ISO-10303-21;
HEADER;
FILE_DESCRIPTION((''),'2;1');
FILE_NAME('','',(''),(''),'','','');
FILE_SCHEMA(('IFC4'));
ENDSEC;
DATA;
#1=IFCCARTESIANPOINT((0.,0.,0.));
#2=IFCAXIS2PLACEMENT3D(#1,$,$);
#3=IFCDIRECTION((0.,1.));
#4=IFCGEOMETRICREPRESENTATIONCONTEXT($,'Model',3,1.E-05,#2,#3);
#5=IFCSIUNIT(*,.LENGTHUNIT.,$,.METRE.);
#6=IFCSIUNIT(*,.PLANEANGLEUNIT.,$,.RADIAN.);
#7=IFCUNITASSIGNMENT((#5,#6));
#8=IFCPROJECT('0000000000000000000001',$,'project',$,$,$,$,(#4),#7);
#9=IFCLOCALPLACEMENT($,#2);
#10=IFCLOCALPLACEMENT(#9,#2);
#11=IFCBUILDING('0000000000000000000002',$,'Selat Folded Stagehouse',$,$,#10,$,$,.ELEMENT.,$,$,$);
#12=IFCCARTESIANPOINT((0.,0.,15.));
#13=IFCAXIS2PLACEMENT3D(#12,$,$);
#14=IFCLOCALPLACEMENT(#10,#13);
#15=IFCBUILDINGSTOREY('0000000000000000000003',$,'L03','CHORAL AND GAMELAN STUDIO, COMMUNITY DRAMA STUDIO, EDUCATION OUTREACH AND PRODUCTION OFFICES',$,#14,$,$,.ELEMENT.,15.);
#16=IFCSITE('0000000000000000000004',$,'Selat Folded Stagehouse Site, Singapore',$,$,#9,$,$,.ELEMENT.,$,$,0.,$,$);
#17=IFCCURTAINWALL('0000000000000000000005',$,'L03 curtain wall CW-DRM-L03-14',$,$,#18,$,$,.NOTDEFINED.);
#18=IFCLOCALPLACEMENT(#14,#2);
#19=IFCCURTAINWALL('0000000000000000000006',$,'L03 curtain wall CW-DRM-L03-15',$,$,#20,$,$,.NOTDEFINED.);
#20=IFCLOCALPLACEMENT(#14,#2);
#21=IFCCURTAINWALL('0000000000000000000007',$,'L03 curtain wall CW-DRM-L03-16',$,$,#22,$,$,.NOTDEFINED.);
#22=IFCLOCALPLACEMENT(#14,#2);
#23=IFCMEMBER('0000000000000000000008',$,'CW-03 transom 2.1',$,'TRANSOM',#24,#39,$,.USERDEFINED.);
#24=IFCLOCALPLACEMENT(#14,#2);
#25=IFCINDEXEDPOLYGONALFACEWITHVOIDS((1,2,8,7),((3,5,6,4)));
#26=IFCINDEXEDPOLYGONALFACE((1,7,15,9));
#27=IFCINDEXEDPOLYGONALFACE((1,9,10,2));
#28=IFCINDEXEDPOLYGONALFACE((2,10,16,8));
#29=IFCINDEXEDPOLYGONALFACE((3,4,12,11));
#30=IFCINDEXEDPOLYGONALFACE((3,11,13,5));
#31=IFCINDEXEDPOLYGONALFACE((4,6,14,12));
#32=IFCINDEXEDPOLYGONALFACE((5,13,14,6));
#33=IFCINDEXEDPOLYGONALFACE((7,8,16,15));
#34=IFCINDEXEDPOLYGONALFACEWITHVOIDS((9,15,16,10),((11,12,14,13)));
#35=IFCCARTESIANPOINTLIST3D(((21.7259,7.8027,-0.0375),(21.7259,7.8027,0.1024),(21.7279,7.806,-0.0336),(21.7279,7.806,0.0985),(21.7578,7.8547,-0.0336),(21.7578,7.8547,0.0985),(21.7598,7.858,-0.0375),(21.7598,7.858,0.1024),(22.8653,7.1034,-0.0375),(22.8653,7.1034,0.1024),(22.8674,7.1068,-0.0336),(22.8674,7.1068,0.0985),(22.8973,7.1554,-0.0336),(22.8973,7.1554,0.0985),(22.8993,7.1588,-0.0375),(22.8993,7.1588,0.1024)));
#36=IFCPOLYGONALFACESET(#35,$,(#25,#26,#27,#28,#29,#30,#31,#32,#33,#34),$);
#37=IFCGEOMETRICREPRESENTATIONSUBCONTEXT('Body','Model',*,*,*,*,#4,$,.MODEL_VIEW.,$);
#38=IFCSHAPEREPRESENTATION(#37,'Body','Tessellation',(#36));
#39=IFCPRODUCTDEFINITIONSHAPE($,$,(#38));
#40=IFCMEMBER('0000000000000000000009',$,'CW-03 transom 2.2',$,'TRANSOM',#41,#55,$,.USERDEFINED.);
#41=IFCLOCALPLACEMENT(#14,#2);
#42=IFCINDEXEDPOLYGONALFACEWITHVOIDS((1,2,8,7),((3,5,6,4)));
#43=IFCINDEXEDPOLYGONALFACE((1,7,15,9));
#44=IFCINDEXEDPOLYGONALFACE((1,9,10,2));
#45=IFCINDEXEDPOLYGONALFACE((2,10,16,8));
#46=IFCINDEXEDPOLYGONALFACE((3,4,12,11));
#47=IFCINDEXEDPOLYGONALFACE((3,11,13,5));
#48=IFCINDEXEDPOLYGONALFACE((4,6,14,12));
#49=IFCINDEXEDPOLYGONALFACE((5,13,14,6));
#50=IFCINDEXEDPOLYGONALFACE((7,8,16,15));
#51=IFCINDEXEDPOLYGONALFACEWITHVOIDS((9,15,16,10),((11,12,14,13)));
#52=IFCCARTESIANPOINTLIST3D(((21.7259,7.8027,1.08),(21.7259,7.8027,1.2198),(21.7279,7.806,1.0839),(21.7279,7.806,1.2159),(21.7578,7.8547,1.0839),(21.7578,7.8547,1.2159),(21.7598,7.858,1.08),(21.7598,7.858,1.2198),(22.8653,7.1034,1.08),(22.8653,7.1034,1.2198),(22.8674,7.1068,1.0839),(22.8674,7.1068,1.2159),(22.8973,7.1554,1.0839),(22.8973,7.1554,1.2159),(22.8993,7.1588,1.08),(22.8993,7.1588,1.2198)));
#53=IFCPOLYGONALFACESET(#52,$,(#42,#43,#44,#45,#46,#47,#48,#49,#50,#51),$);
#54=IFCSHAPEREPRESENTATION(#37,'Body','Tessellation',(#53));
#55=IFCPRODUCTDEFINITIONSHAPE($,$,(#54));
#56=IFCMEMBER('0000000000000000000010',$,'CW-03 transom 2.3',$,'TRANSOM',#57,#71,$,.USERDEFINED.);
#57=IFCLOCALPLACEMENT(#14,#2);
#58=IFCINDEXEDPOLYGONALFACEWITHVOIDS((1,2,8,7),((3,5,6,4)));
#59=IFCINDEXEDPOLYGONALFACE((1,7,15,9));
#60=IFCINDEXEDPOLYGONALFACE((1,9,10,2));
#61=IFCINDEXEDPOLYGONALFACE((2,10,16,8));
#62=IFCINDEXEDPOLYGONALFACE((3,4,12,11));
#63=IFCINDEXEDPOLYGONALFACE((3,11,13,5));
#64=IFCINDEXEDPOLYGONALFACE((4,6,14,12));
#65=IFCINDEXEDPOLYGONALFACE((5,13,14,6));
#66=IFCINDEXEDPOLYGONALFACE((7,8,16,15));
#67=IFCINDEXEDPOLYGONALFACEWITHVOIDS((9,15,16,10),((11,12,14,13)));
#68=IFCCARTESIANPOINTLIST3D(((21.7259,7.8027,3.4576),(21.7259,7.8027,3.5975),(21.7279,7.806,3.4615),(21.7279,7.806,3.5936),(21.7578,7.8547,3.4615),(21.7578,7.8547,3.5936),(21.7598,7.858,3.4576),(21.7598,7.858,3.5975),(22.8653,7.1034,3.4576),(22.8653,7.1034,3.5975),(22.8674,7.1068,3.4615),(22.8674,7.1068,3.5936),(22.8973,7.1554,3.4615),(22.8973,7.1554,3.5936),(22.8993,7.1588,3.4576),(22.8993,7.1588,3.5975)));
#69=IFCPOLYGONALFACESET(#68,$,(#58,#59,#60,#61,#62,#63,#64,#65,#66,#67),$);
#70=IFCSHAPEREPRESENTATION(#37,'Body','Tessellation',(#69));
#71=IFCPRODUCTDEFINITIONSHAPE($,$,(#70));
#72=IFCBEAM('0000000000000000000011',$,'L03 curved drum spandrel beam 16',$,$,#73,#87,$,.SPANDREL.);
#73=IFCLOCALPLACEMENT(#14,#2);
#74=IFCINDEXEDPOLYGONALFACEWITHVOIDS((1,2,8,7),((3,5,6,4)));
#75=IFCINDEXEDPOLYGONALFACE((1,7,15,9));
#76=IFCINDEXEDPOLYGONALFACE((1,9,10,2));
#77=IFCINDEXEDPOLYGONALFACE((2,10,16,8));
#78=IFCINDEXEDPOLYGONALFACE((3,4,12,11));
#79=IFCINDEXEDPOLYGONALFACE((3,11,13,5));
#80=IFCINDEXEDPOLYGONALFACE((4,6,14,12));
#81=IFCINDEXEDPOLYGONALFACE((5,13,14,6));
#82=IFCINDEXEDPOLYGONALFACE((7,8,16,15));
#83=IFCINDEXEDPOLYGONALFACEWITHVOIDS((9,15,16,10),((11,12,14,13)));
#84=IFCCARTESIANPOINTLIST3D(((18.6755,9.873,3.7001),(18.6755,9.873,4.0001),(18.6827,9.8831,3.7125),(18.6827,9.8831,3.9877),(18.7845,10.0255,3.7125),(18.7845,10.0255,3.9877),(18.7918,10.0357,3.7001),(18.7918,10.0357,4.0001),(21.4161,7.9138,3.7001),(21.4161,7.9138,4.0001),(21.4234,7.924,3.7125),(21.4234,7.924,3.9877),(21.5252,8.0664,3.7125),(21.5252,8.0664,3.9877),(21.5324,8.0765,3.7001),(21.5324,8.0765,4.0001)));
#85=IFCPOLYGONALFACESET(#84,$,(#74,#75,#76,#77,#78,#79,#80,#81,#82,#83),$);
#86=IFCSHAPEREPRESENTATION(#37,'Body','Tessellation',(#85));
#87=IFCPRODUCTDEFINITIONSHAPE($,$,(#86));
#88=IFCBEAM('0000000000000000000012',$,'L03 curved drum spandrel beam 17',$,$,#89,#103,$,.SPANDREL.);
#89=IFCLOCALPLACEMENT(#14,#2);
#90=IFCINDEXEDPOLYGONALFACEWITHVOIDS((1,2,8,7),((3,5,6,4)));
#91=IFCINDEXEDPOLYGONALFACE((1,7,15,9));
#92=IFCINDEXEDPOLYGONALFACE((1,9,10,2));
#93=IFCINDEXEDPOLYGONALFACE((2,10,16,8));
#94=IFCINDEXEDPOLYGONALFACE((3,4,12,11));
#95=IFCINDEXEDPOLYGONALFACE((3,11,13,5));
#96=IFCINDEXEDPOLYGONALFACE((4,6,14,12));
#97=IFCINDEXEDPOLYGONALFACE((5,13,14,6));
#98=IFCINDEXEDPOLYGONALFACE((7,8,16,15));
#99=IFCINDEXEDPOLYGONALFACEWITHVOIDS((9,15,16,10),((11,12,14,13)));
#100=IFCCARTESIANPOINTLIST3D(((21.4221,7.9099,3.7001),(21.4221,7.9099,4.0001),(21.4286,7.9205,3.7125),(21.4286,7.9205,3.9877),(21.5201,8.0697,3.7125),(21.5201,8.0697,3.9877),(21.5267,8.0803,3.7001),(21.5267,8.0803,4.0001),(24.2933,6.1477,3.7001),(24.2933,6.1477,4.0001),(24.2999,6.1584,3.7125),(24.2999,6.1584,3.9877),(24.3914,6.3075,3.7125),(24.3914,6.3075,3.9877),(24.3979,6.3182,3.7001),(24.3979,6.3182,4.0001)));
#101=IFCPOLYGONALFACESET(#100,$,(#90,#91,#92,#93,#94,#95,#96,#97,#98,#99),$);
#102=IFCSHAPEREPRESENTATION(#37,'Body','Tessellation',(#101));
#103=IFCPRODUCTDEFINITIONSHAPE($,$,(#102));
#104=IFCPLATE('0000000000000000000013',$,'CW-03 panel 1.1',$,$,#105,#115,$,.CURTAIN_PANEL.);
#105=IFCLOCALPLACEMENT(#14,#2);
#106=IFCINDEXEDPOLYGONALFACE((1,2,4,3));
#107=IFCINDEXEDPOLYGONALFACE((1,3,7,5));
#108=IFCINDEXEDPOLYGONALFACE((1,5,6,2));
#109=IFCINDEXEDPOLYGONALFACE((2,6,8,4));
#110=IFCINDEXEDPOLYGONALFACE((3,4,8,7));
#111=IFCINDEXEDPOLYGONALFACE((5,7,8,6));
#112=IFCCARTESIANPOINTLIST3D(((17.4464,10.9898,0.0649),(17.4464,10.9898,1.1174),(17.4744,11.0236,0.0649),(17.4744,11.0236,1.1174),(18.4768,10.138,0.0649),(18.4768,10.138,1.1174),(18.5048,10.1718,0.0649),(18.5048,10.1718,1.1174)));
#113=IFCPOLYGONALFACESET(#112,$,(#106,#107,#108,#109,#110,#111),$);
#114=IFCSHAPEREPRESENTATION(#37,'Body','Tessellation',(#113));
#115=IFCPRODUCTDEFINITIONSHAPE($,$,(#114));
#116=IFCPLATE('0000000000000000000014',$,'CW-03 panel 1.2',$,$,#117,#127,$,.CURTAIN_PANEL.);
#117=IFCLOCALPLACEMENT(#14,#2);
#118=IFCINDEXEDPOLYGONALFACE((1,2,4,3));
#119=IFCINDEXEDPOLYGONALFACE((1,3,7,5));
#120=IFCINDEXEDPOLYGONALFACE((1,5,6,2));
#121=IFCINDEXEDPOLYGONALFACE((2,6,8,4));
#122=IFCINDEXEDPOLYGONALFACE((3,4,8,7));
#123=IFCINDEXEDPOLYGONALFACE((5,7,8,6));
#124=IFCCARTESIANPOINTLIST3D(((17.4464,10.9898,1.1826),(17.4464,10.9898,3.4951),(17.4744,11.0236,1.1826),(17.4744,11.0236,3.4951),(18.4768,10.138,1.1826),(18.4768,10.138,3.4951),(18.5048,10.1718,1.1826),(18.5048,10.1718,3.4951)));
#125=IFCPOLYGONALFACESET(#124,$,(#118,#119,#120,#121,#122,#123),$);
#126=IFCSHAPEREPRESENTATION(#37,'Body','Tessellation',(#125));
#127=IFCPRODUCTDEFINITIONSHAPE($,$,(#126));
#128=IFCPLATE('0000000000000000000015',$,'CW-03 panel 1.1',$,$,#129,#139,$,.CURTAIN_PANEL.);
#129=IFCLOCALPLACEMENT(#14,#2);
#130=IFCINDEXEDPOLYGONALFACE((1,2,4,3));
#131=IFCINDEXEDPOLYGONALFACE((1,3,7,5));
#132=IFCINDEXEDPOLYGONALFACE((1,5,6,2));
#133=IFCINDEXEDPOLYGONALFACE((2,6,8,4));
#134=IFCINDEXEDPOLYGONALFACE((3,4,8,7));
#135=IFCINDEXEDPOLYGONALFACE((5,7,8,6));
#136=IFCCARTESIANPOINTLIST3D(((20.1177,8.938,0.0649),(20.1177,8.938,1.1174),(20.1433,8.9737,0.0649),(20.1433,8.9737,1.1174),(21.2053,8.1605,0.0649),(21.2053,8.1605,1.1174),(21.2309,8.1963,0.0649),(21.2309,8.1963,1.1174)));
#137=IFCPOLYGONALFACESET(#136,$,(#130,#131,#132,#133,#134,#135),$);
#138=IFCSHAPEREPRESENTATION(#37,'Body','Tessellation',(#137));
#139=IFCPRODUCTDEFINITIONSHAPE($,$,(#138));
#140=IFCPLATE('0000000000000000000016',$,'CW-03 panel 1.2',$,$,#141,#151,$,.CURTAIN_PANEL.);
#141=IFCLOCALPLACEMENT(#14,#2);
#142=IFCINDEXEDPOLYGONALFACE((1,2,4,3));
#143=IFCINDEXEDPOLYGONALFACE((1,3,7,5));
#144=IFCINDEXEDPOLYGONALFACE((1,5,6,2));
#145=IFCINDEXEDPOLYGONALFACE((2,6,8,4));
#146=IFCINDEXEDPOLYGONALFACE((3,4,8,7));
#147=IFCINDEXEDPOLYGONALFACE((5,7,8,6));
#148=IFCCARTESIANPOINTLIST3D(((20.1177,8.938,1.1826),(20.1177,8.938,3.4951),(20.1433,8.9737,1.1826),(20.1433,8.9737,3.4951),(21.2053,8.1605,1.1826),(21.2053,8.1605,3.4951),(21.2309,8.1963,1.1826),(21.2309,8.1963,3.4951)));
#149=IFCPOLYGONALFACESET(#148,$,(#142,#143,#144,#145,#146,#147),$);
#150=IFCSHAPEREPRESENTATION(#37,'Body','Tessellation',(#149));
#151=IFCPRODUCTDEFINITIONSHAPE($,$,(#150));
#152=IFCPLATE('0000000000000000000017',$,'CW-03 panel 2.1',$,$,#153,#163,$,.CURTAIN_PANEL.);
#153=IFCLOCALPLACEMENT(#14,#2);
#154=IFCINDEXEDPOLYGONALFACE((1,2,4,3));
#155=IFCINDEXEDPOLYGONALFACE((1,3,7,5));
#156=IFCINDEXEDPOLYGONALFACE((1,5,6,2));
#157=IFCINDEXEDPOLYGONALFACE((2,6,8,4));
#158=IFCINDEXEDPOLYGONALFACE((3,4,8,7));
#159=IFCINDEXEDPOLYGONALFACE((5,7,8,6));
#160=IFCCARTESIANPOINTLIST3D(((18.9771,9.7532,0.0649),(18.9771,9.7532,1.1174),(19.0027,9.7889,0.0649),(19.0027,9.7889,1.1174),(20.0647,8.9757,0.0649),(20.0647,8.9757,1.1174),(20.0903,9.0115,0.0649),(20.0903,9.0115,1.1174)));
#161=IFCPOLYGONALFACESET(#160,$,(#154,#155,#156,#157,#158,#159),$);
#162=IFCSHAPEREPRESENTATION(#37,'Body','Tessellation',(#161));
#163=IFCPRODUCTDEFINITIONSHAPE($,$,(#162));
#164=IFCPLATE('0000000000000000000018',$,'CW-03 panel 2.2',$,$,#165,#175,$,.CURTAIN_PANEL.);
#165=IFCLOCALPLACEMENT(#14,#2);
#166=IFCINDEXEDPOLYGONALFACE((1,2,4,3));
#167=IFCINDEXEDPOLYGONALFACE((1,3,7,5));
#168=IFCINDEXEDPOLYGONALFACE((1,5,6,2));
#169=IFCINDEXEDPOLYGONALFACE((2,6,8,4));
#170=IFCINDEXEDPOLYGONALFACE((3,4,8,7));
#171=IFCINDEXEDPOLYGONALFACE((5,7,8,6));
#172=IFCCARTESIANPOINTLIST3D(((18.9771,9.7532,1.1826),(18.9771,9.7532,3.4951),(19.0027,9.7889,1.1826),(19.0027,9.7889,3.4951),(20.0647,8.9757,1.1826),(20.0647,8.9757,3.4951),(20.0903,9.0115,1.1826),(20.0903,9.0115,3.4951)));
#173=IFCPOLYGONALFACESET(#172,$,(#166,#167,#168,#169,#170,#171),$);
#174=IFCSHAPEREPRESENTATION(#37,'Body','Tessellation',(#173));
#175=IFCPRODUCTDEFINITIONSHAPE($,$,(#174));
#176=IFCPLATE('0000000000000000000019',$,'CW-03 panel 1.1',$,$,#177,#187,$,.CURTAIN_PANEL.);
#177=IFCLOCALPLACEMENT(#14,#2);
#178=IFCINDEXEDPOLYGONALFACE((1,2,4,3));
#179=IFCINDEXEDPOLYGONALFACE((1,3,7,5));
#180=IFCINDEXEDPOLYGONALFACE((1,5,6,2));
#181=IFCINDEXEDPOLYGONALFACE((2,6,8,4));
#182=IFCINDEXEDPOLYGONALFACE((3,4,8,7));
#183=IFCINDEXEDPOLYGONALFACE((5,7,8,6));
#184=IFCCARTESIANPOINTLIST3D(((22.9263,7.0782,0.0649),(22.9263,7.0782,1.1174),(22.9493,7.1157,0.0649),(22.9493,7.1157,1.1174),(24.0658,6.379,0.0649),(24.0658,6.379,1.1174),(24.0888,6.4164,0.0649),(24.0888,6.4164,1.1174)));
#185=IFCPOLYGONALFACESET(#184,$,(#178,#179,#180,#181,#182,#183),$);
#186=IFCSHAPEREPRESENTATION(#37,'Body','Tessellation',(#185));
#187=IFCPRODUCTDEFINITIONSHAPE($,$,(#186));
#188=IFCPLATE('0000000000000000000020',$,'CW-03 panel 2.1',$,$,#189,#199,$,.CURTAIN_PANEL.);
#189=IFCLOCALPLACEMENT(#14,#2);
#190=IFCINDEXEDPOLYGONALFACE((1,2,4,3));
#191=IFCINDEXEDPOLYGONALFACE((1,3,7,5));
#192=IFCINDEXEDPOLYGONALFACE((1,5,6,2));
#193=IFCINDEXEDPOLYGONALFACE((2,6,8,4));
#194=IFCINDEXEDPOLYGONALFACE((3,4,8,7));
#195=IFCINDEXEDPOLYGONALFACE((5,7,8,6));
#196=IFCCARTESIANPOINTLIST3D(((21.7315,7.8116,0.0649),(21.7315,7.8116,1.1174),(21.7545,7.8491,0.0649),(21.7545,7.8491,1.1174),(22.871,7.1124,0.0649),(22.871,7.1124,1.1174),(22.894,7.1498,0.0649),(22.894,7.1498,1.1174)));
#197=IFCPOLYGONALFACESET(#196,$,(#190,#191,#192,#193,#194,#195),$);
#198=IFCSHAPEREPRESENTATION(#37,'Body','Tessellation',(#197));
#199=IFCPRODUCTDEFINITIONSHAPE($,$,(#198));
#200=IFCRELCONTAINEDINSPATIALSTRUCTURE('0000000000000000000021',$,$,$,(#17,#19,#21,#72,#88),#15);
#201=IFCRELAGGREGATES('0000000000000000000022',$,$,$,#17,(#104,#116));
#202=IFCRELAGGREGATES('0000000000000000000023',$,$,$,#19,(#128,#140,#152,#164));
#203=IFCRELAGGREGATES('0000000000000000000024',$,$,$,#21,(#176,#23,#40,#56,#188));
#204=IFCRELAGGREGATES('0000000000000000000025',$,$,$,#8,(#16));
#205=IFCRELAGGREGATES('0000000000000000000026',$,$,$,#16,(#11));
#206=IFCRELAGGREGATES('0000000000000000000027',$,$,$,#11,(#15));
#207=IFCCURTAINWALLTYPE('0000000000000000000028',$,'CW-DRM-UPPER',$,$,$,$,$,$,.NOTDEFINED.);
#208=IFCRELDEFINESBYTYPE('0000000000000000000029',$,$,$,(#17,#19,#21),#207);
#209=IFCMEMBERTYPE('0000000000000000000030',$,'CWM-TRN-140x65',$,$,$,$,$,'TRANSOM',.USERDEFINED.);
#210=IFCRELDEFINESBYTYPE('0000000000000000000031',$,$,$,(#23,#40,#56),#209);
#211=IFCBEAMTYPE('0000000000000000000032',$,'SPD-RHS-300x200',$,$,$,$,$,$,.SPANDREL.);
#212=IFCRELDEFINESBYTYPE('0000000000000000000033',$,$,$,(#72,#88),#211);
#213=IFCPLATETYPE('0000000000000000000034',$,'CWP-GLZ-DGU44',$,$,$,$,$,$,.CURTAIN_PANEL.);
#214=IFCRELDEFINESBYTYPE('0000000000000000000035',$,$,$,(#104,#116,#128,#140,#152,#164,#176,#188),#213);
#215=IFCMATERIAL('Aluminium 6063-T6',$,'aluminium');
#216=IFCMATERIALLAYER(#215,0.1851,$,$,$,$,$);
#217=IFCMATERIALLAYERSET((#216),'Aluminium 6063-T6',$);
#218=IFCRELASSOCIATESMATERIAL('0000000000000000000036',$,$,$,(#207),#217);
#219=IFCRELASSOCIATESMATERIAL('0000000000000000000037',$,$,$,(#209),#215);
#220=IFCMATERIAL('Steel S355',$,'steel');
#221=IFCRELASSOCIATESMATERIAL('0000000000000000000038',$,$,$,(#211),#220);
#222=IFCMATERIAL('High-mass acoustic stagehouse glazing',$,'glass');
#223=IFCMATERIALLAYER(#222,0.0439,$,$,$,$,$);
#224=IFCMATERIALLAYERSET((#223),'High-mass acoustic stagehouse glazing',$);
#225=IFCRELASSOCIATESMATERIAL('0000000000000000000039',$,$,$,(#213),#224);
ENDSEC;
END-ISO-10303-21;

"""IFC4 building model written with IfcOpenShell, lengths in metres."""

from ifc_helpers import new_model, si_unit, direction, frame, origin, origin_2d, place, context, subcontext, project, spatial, rectangle, hollow_rectangle, extrude, material, layer, layer_set, material_profile, profile_set, type_object, element, aggregate, save


model = new_model("IFC4")

# Units and contexts
model_context = context("Model", 3, precision=1e-05, world=origin(), true_north=direction((0.0, 1.0)))
body_context = subcontext(model_context, "Body", "Model", "MODEL_VIEW")
ifc_project = project(units=[si_unit("LENGTHUNIT", "METRE"), si_unit("PLANEANGLEUNIT", "RADIAN")], contexts=[model_context])

# Site, building, storey
site_placement = place(None, origin())
site = spatial("IfcSite", under=ifc_project, at=site_placement, Name="Selat Folded Stagehouse Site, Singapore", CompositionType="ELEMENT", RefElevation=0.0)
building_placement = place(site_placement, origin())
building = spatial("IfcBuilding", under=site, at=building_placement, Name="Selat Folded Stagehouse", CompositionType="ELEMENT")
storey_placement = place(building_placement, frame((0.0, 0.0, 15.0)))
storey = spatial("IfcBuildingStorey", under=building, at=storey_placement, Name="L03", Description="CHORAL AND GAMELAN STUDIO, COMMUNITY DRAMA STUDIO, EDUCATION OUTREACH AND PRODUCTION OFFICES", CompositionType="ELEMENT", Elevation=15.0)

# Shared definitions
ifc_material_1 = material(Name="Steel S355", Category="steel")

# Curtain walls
ifc_material_2 = material(Name="Aluminium 6063-T6", Category="aluminium")
ifc_layer_1 = layer(ifc_material_2, 0.1851)
ifc_layer_set_1 = layer_set([ifc_layer_1], Name="Aluminium 6063-T6")
curtain_wall_type = type_object("IfcCurtainWallType", Name="CW-DRM-UPPER", PredefinedType="NOTDEFINED", material=ifc_layer_set_1)
curtain_wall_1_placement = place(storey_placement, origin())
curtain_wall_1 = element("IfcCurtainWall", 1, at=curtain_wall_1_placement, inside=storey, type_object=curtain_wall_type, Name="L03 curtain wall CW-DRM-L03-14", PredefinedType="NOTDEFINED")
curtain_wall_2_placement = place(storey_placement, origin())
curtain_wall_2 = element("IfcCurtainWall", 2, at=curtain_wall_2_placement, inside=storey, type_object=curtain_wall_type, Name="L03 curtain wall CW-DRM-L03-15", PredefinedType="NOTDEFINED")
curtain_wall_3_placement = place(storey_placement, origin())
curtain_wall_3 = element("IfcCurtainWall", 3, at=curtain_wall_3_placement, inside=storey, type_object=curtain_wall_type, Name="L03 curtain wall CW-DRM-L03-16", PredefinedType="NOTDEFINED")

# Members
ifc_material_profile_1 = material_profile(ifc_material_2, hollow_rectangle(XDim=0.0649, YDim=0.1399, WallThickness=0.0039, at=origin_2d()), Name="ALU 140x65x4.0")
ifc_profile_set_1 = profile_set([ifc_material_profile_1], Name="Aluminium 6063-T6")
member_type_1 = type_object("IfcMemberType", Name="CWM-TRN-140x65", ElementType="TRANSOM", PredefinedType="USERDEFINED", material=ifc_profile_set_1)
member_1_placement = place(storey_placement, frame((22.8823, 7.1311, 0.0325), z_axis=(-0.85231, 0.523037, 0.0), x_axis=(-0.523037, -0.85231, 0.0)))
member_1 = element("IfcMember", 4, at=member_1_placement, type_object=member_type_1, Name="CW-03 transom 2.1", ObjectType="TRANSOM", PredefinedType="USERDEFINED", context=body_context, shape_type="SweptSolid", body=[
    extrude(hollow_rectangle(XDim=0.0649, YDim=0.1399, WallThickness=0.0039, at=origin_2d()), origin(), (0.0, 0.0, 1.0), 1.3369),
])
member_2_placement = place(storey_placement, frame((22.8823, 7.1311, 1.1499), z_axis=(-0.85231, 0.523037, 0.0), x_axis=(-0.523037, -0.85231, 0.0)))
member_2 = element("IfcMember", 5, at=member_2_placement, type_object=member_type_1, Name="CW-03 transom 2.2", ObjectType="TRANSOM", PredefinedType="USERDEFINED", context=body_context, shape_type="SweptSolid", body=[
    extrude(hollow_rectangle(XDim=0.0649, YDim=0.1399, WallThickness=0.0039, at=origin_2d()), origin(), (0.0, 0.0, 1.0), 1.3369),
])
member_3_placement = place(storey_placement, frame((22.8823, 7.1311, 3.5276), z_axis=(-0.85231, 0.523037, 0.0), x_axis=(-0.523037, -0.85231, 0.0)))
member_3 = element("IfcMember", 6, at=member_3_placement, type_object=member_type_1, Name="CW-03 transom 2.3", ObjectType="TRANSOM", PredefinedType="USERDEFINED", context=body_context, shape_type="SweptSolid", body=[
    extrude(hollow_rectangle(XDim=0.0649, YDim=0.1399, WallThickness=0.0039, at=origin_2d()), origin(), (0.0, 0.0, 1.0), 1.3369),
])

# Beams
ifc_material_profile_2 = material_profile(ifc_material_1, hollow_rectangle(XDim=0.2, YDim=0.3, WallThickness=0.0125, at=origin_2d()), Name="RHS 300x200x12.5")
ifc_profile_set_2 = profile_set([ifc_material_profile_2], Name="Steel S355")
beam_type = type_object("IfcBeamType", Name="SPD-RHS-300x200", PredefinedType="SPANDREL", material=ifc_profile_set_2)
for number, where, z_axis, x_axis, name in (
    (7, (18.7336, 9.9543, 3.8501), (0.813513, -0.581547, 0.0), (0.581547, 0.813513, 0.0), "L03 curved drum spandrel beam 16"),
    (8, (21.4744, 7.9951, 3.8501), (0.85229, -0.52307, 0.0), (0.52307, 0.85229, 0.0), "L03 curved drum spandrel beam 17"),
):
    element("IfcBeam", number, at=place(storey_placement, frame(where, z_axis=z_axis, x_axis=x_axis)), inside=storey, type_object=beam_type, Name=name, PredefinedType="SPANDREL", context=body_context, shape_type="SweptSolid", body=[
        extrude(hollow_rectangle(XDim=0.2, YDim=0.3, WallThickness=0.0125, at=origin_2d()), origin(), (0.0, 0.0, 1.0), 3.3689),
    ])

# Plates
ifc_material_3 = material(Name="High-mass acoustic stagehouse glazing", Category="glass")
ifc_layer_2 = layer(ifc_material_3, 0.0439)
ifc_layer_set_2 = layer_set([ifc_layer_2], Name="High-mass acoustic stagehouse glazing")
plate_type = type_object("IfcPlateType", Name="CWP-GLZ-DGU44", PredefinedType="CURTAIN_PANEL", material=ifc_layer_set_2)
plate_1_placement = place(storey_placement, frame((17.9756, 10.5808, 0.0649), z_axis=(0.0, 0.0, 1.0), x_axis=(-0.770747, 0.637142, 0.0)))
plate_1 = element("IfcPlate", 9, at=plate_1_placement, type_object=plate_type, Name="CW-03 panel 1.1", PredefinedType="CURTAIN_PANEL", context=body_context, shape_type="SweptSolid", body=[
    extrude(rectangle(XDim=1.3369, YDim=0.0439, at=origin_2d()), origin(), (0.0, 0.0, 1.0), 1.0525),
])
plate_2_placement = place(storey_placement, frame((17.9756, 10.5808, 1.1826), z_axis=(0.0, 0.0, 1.0), x_axis=(-0.770747, 0.637142, 0.0)))
plate_2 = element("IfcPlate", 10, at=plate_2_placement, type_object=plate_type, Name="CW-03 panel 1.2", PredefinedType="CURTAIN_PANEL", context=body_context, shape_type="SweptSolid", body=[
    extrude(rectangle(XDim=1.3369, YDim=0.0439, at=origin_2d()), origin(), (0.0, 0.0, 1.0), 2.3125),
])
aggregate(curtain_wall_1, [plate_1, plate_2])
plate_3_placement = place(storey_placement, frame((20.6743, 8.5671, 0.0649), z_axis=(0.0, 0.0, 1.0), x_axis=(-0.813526, 0.581528, 0.0)))
plate_3 = element("IfcPlate", 11, at=plate_3_placement, type_object=plate_type, Name="CW-03 panel 1.1", PredefinedType="CURTAIN_PANEL", context=body_context, shape_type="SweptSolid", body=[
    extrude(rectangle(XDim=1.3369, YDim=0.0439, at=origin_2d()), origin(), (0.0, 0.0, 1.0), 1.0525),
])
plate_4_placement = place(storey_placement, frame((20.6743, 8.5671, 1.1826), z_axis=(0.0, 0.0, 1.0), x_axis=(-0.813526, 0.581528, 0.0)))
plate_4 = element("IfcPlate", 12, at=plate_4_placement, type_object=plate_type, Name="CW-03 panel 1.2", PredefinedType="CURTAIN_PANEL", context=body_context, shape_type="SweptSolid", body=[
    extrude(rectangle(XDim=1.3369, YDim=0.0439, at=origin_2d()), origin(), (0.0, 0.0, 1.0), 2.3125),
])
plate_5_placement = place(storey_placement, frame((19.5337, 9.3823, 0.0649), z_axis=(0.0, 0.0, 1.0), x_axis=(-0.813526, 0.581528, 0.0)))
plate_5 = element("IfcPlate", 13, at=plate_5_placement, type_object=plate_type, Name="CW-03 panel 2.1", PredefinedType="CURTAIN_PANEL", context=body_context, shape_type="SweptSolid", body=[
    extrude(rectangle(XDim=1.3369, YDim=0.0439, at=origin_2d()), origin(), (0.0, 0.0, 1.0), 1.0525),
])
plate_6_placement = place(storey_placement, frame((19.5337, 9.3823, 1.1826), z_axis=(0.0, 0.0, 1.0), x_axis=(-0.813526, 0.581528, 0.0)))
plate_6 = element("IfcPlate", 14, at=plate_6_placement, type_object=plate_type, Name="CW-03 panel 2.2", PredefinedType="CURTAIN_PANEL", context=body_context, shape_type="SweptSolid", body=[
    extrude(rectangle(XDim=1.3369, YDim=0.0439, at=origin_2d()), origin(), (0.0, 0.0, 1.0), 2.3125),
])
aggregate(curtain_wall_2, [plate_3, plate_4, plate_5, plate_6])
plate_7_placement = place(storey_placement, frame((23.5076, 6.7473, 0.0649), z_axis=(0.0, 0.0, 1.0), x_axis=(-0.852317, 0.523025, 0.0)))
plate_7 = element("IfcPlate", 15, at=plate_7_placement, type_object=plate_type, Name="CW-03 panel 1.1", PredefinedType="CURTAIN_PANEL", context=body_context, shape_type="SweptSolid", body=[
    extrude(rectangle(XDim=1.3369, YDim=0.0439, at=origin_2d()), origin(), (0.0, 0.0, 1.0), 1.0525),
])
plate_8_placement = place(storey_placement, frame((22.3127, 7.4807, 0.0649), z_axis=(0.0, 0.0, 1.0), x_axis=(-0.852317, 0.523025, 0.0)))
plate_8 = element("IfcPlate", 16, at=plate_8_placement, type_object=plate_type, Name="CW-03 panel 2.1", PredefinedType="CURTAIN_PANEL", context=body_context, shape_type="SweptSolid", body=[
    extrude(rectangle(XDim=1.3369, YDim=0.0439, at=origin_2d()), origin(), (0.0, 0.0, 1.0), 1.0525),
])
aggregate(curtain_wall_3, [plate_7, member_1, member_2, member_3, plate_8])

save(model, "model.ifc")
